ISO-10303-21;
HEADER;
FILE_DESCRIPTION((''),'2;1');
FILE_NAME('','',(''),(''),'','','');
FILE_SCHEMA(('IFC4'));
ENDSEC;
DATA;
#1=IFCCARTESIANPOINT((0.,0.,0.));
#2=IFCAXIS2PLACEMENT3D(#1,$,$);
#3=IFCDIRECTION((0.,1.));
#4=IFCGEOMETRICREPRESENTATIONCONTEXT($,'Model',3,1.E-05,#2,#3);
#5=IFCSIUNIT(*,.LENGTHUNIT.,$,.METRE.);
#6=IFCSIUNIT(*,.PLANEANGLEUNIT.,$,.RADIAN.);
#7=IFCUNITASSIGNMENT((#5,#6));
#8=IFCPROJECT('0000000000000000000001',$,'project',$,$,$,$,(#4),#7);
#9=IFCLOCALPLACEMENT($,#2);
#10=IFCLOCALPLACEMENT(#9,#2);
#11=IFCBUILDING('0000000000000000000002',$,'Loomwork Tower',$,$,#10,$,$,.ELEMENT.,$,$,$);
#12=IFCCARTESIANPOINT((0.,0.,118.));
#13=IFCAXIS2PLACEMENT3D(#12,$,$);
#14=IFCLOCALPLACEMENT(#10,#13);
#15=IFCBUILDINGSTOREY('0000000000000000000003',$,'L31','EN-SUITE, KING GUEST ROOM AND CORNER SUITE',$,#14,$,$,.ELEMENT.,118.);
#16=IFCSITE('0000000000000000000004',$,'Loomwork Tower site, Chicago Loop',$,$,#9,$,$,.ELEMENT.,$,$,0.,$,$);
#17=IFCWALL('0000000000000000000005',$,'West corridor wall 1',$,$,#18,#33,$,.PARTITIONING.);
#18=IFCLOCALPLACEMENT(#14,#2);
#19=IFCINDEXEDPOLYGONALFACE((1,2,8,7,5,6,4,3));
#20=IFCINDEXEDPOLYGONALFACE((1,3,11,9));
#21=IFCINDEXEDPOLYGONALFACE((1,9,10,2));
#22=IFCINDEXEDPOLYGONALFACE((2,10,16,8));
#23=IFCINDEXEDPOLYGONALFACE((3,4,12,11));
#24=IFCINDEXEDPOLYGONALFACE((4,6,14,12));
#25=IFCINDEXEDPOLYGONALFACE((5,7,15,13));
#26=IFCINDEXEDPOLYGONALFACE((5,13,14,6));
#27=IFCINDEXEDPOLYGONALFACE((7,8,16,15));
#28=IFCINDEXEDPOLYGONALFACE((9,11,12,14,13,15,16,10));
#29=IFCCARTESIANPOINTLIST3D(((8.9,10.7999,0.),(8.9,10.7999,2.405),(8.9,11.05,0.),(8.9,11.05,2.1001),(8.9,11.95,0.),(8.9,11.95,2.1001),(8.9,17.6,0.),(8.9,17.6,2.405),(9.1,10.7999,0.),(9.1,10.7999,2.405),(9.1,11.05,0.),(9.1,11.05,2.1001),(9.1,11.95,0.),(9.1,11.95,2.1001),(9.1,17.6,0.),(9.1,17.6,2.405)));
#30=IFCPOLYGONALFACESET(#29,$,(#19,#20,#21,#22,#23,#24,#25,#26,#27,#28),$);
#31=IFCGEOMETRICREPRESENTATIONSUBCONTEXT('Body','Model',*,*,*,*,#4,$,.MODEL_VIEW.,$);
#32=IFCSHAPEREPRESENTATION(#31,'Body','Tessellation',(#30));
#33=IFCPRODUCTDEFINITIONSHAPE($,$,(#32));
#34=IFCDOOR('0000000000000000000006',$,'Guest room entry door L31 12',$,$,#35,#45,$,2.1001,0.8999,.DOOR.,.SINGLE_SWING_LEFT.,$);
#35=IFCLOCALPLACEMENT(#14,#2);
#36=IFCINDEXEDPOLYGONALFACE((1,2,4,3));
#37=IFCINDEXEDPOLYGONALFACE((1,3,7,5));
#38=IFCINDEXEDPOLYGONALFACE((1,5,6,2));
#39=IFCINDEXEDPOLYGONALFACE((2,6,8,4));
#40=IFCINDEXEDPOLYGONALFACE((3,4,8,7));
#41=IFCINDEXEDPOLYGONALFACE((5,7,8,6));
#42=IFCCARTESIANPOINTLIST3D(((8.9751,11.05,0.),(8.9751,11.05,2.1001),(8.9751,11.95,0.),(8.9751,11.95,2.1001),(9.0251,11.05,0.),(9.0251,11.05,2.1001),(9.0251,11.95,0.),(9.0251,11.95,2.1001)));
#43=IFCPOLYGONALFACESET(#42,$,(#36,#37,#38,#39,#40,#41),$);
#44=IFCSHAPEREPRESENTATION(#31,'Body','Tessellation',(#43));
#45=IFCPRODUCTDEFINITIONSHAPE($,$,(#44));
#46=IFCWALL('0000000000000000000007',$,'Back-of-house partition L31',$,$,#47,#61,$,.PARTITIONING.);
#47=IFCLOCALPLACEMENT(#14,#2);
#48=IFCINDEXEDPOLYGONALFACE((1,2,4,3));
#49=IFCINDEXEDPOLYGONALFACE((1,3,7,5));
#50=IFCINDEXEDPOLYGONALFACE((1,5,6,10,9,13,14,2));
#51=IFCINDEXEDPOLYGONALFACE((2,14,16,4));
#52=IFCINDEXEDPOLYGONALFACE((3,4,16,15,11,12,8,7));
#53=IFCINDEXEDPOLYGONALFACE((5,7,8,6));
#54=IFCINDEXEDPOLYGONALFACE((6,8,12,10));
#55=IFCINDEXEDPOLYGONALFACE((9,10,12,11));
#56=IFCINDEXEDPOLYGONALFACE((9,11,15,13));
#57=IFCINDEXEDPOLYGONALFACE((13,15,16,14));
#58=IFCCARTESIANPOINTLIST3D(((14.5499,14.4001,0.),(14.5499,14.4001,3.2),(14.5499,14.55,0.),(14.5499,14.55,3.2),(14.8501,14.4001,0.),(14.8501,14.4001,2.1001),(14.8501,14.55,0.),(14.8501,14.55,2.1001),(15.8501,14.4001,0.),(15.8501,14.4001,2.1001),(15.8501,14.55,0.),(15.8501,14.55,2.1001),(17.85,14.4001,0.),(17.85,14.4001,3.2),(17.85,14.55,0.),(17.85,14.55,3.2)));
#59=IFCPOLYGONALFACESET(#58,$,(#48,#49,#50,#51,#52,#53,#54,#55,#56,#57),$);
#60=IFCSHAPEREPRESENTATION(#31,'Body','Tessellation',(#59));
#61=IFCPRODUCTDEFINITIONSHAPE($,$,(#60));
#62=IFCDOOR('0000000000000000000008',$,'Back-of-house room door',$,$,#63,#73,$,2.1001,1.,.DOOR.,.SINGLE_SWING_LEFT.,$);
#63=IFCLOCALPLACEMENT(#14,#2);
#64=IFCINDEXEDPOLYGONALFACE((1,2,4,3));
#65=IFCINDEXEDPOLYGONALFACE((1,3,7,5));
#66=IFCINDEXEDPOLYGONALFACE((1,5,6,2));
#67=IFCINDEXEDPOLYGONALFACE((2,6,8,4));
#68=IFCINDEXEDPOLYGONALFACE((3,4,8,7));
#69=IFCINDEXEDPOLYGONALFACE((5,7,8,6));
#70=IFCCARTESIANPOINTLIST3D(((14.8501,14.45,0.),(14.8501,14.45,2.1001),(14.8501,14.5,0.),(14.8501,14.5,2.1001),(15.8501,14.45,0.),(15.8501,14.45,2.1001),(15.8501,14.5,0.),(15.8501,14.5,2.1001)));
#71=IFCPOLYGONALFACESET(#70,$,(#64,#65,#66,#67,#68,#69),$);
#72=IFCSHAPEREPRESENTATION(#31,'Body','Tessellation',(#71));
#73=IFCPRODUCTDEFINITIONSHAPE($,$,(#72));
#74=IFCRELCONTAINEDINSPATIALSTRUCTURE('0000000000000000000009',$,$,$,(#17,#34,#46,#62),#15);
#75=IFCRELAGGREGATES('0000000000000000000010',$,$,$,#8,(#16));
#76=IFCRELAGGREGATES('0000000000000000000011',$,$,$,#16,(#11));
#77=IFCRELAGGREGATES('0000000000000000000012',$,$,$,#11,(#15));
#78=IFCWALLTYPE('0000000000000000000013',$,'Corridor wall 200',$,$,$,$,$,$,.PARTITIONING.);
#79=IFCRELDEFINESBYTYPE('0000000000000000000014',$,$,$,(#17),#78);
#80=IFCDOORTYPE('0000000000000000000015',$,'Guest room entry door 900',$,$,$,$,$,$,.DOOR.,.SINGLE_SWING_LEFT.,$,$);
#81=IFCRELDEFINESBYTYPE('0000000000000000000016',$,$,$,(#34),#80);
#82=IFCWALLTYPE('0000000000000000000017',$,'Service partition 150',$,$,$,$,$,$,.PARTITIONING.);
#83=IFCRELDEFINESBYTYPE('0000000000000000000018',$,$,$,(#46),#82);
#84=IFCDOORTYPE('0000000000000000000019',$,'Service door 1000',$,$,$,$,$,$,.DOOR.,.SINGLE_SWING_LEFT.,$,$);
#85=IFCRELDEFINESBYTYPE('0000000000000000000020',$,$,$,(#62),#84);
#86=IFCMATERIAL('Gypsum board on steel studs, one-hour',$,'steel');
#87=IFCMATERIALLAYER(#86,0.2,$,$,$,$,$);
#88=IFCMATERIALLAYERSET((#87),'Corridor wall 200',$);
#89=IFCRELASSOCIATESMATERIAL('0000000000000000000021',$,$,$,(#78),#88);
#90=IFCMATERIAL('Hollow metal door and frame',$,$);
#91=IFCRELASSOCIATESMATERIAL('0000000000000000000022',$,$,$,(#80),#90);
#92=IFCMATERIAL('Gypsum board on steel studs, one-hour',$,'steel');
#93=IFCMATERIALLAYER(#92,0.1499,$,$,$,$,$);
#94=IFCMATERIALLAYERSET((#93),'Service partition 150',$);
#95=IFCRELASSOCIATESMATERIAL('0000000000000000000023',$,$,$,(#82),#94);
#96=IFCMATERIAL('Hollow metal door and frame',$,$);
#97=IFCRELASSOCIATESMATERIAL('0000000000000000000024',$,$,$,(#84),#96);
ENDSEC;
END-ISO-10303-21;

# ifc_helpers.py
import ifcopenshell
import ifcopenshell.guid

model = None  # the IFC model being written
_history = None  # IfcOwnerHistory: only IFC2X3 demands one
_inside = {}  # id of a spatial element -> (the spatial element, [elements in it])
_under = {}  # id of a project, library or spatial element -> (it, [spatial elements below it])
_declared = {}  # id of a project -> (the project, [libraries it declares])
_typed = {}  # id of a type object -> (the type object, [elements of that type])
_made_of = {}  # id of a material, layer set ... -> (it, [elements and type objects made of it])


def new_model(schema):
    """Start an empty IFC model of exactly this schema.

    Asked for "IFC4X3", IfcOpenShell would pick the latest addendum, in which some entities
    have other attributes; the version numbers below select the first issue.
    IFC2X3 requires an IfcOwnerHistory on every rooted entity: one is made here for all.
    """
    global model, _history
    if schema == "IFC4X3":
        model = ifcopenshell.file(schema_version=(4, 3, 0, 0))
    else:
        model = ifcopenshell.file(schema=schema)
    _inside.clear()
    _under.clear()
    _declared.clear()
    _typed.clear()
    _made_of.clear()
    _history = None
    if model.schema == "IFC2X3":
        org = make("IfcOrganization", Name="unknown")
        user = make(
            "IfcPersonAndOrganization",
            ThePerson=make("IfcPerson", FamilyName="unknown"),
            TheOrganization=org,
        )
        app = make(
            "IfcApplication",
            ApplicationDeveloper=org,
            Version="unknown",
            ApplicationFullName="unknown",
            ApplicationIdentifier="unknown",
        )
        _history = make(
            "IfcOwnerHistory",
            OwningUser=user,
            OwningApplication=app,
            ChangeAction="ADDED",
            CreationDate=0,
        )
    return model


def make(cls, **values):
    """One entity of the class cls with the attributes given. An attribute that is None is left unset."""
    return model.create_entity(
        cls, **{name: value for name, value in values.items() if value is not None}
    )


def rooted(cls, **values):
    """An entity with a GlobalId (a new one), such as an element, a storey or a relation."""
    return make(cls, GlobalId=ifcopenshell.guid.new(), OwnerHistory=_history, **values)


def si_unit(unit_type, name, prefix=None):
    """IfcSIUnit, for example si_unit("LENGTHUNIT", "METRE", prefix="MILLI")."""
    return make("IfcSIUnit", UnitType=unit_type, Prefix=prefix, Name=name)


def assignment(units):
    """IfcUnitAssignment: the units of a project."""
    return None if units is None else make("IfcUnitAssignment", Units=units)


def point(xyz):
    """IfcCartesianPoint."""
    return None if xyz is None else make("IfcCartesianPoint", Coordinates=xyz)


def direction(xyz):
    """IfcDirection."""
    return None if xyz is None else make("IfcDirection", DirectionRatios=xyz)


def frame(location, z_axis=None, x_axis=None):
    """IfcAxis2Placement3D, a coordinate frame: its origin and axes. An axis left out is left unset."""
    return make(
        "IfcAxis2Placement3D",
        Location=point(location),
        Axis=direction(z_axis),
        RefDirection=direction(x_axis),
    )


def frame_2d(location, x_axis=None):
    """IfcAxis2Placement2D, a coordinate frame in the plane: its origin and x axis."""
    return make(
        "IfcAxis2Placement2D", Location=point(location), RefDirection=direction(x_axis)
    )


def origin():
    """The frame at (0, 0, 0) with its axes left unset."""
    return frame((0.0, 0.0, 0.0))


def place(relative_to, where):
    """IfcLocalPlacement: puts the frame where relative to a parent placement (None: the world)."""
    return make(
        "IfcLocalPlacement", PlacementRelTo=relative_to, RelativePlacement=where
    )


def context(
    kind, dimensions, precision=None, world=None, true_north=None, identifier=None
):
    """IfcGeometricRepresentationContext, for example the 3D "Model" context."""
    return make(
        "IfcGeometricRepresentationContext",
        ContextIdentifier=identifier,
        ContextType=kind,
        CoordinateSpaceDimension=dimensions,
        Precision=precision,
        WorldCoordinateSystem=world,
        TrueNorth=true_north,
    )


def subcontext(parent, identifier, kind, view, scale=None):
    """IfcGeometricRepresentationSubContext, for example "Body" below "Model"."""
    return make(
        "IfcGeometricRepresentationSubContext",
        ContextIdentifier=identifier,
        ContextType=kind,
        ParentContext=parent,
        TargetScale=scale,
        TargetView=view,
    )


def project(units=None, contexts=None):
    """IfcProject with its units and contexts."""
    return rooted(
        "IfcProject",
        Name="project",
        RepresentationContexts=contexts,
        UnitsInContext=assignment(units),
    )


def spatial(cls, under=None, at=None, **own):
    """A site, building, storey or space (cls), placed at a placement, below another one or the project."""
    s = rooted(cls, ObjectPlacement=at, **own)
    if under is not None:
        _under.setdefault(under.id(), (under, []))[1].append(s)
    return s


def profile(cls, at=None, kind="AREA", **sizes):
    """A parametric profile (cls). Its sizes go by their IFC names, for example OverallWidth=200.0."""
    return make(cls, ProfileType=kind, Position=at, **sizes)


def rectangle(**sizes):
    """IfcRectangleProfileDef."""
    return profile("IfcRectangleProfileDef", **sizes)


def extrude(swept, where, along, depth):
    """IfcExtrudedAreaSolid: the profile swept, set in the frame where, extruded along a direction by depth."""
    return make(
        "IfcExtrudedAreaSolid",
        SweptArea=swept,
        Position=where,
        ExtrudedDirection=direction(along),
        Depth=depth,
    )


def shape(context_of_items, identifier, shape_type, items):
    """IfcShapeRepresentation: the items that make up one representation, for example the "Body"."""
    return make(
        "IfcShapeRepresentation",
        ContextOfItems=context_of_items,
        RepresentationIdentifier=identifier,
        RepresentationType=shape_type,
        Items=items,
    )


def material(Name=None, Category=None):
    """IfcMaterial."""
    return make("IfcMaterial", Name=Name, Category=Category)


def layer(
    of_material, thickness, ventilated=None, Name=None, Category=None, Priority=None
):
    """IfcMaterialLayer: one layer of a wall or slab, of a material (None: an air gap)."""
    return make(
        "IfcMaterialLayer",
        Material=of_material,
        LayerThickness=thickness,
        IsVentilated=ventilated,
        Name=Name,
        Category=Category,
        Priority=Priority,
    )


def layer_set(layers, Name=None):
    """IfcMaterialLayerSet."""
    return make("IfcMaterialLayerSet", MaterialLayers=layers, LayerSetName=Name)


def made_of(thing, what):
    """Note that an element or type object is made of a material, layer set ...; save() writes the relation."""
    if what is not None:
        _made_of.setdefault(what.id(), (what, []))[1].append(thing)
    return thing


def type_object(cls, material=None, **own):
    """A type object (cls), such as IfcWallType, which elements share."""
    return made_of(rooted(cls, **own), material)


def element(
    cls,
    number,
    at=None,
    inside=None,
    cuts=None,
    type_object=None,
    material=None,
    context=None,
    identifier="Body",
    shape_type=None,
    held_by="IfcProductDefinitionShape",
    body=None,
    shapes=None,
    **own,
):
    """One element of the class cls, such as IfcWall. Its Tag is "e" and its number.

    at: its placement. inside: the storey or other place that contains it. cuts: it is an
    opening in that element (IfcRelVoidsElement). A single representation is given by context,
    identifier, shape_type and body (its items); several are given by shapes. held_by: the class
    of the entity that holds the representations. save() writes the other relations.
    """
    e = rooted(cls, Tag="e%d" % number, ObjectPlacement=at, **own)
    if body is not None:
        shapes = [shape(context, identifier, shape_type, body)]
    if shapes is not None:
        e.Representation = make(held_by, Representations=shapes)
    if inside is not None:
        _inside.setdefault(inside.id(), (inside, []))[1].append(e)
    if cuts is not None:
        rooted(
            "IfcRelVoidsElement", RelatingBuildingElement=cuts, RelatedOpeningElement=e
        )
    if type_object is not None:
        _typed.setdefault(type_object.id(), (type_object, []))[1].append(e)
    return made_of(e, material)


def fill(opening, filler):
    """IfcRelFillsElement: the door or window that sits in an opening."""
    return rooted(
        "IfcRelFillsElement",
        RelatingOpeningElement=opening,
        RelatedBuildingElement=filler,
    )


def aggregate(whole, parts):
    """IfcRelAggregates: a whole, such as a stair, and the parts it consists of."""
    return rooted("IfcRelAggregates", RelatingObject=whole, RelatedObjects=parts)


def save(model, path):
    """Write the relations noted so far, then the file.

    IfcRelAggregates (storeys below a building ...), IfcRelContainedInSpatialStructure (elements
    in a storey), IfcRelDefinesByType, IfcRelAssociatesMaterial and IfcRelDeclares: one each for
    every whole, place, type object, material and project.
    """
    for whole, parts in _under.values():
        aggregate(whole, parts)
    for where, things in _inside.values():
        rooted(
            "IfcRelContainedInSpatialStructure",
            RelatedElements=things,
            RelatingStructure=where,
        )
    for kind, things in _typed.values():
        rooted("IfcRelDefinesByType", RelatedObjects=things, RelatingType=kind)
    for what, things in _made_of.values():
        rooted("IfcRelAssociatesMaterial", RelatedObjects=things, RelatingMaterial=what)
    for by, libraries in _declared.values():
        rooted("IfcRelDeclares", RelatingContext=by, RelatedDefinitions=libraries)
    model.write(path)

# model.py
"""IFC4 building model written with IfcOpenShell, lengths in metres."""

from ifc_helpers import new_model, si_unit, direction, frame, frame_2d, origin, place, context, subcontext, project, spatial, rectangle, extrude, material, layer, layer_set, type_object, element, fill, save


model = new_model("IFC4")

# Units and contexts
model_context = context("Model", 3, precision=1e-05, world=origin(), true_north=direction((0.0, 1.0)))
body_context = subcontext(model_context, "Body", "Model", "MODEL_VIEW")
ifc_project = project(units=[si_unit("LENGTHUNIT", "METRE"), si_unit("PLANEANGLEUNIT", "RADIAN")], contexts=[model_context])

# Site, building, storey
site_placement = place(None, origin())
site = spatial("IfcSite", under=ifc_project, at=site_placement, Name="Loomwork Tower site, Chicago Loop", CompositionType="ELEMENT", RefElevation=0.0)
building_placement = place(site_placement, origin())
building = spatial("IfcBuilding", under=site, at=building_placement, Name="Loomwork Tower", CompositionType="ELEMENT")
storey_placement = place(building_placement, frame((0.0, 0.0, 118.0)))
storey = spatial("IfcBuildingStorey", under=building, at=storey_placement, Name="L31", Description="EN-SUITE, KING GUEST ROOM AND CORNER SUITE", CompositionType="ELEMENT", Elevation=118.0)

# Shared definitions
ifc_material_1 = material(Name="Gypsum board on steel studs, one-hour", Category="steel")
ifc_layer_1 = layer(ifc_material_1, 0.2)
ifc_layer_set_1 = layer_set([ifc_layer_1], Name="Corridor wall 200")
wall_type_1 = type_object("IfcWallType", Name="Corridor wall 200", PredefinedType="PARTITIONING", material=ifc_layer_set_1)
ifc_material_2 = material(Name="Hollow metal door and frame")
door_type_1 = type_object("IfcDoorType", Name="Guest room entry door 900", OperationType="SINGLE_SWING_LEFT", PredefinedType="DOOR", material=ifc_material_2)

# Walls, openings, doors
wall_1_placement = place(storey_placement, frame((9.0, 10.8, 0.0), z_axis=(0.0, 0.0, 1.0), x_axis=(0.0, 1.0, 0.0)))
wall_1 = element("IfcWall", 1, at=wall_1_placement, inside=storey, type_object=wall_type_1, Name="West corridor wall 1", PredefinedType="PARTITIONING", context=body_context, shape_type="SweptSolid", body=[
    extrude(rectangle(XDim=6.8, YDim=0.2, at=frame_2d((3.3999, 0.0))), origin(), (0.0, 0.0, 1.0), 2.405),
])
opening_1_placement = place(wall_1_placement, frame((0.25, 0.0, 0.0)))
opening_1 = element("IfcOpeningElement", 2, at=opening_1_placement, cuts=wall_1, PredefinedType="OPENING", context=body_context, shape_type="SweptSolid", body=[
    extrude(rectangle(XDim=0.8999, YDim=2.1001, at=frame_2d((0.45, 1.05))), frame((0.0, 0.1099, 0.0), z_axis=(0.0, -1.0, 0.0), x_axis=(1.0, 0.0, 0.0)), (0.0, 0.0, 1.0), 0.22),
])
door_1_placement = place(opening_1_placement, origin())
door_1 = element("IfcDoor", 3, at=door_1_placement, inside=storey, type_object=door_type_1, Name="Guest room entry door L31 12", OperationType="SINGLE_SWING_LEFT", OverallHeight=2.1001, OverallWidth=0.8999, PredefinedType="DOOR", context=body_context, shape_type="SweptSolid", body=[
    extrude(rectangle(XDim=0.8999, YDim=2.1001, at=frame_2d((0.45, 1.05))), frame((0.0, 0.0249, 0.0), z_axis=(0.0, -1.0, 0.0), x_axis=(1.0, 0.0, 0.0)), (0.0, 0.0, 1.0), 0.05),
])
fill(opening_1, door_1)
ifc_material_3 = material(Name="Gypsum board on steel studs, one-hour", Category="steel")
ifc_layer_2 = layer(ifc_material_3, 0.1499)
ifc_layer_set_2 = layer_set([ifc_layer_2], Name="Service partition 150")
wall_type_2 = type_object("IfcWallType", Name="Service partition 150", PredefinedType="PARTITIONING", material=ifc_layer_set_2)
wall_2_placement = place(storey_placement, frame((14.55, 14.4751, 0.0), z_axis=(0.0, 0.0, 1.0), x_axis=(1.0, 0.0, 0.0)))
wall_2 = element("IfcWall", 4, at=wall_2_placement, inside=storey, type_object=wall_type_2, Name="Back-of-house partition L31", PredefinedType="PARTITIONING", context=body_context, shape_type="SweptSolid", body=[
    extrude(rectangle(XDim=3.3, YDim=0.1499, at=frame_2d((1.6499, 0.0))), origin(), (0.0, 0.0, 1.0), 3.2),
])
opening_2_placement = place(wall_2_placement, frame((0.3, 0.0, 0.0)))
opening_2 = element("IfcOpeningElement", 5, at=opening_2_placement, cuts=wall_2, PredefinedType="OPENING", context=body_context, shape_type="SweptSolid", body=[
    extrude(rectangle(XDim=1.0, YDim=2.1001, at=frame_2d((0.5, 1.05))), frame((0.0, 0.085, 0.0), z_axis=(0.0, -1.0, 0.0), x_axis=(1.0, 0.0, 0.0)), (0.0, 0.0, 1.0), 0.1699),
])
ifc_material_4 = material(Name="Hollow metal door and frame")
door_type_2 = type_object("IfcDoorType", Name="Service door 1000", OperationType="SINGLE_SWING_LEFT", PredefinedType="DOOR", material=ifc_material_4)
door_2_placement = place(opening_2_placement, origin())
door_2 = element("IfcDoor", 6, at=door_2_placement, inside=storey, type_object=door_type_2, Name="Back-of-house room door", OperationType="SINGLE_SWING_LEFT", OverallHeight=2.1001, OverallWidth=1.0, PredefinedType="DOOR", context=body_context, shape_type="SweptSolid", body=[
    extrude(rectangle(XDim=1.0, YDim=2.1001, at=frame_2d((0.5, 1.05))), frame((0.0, 0.0249, 0.0), z_axis=(0.0, -1.0, 0.0), x_axis=(1.0, 0.0, 0.0)), (0.0, 0.0, 1.0), 0.05),
])
fill(opening_2, door_2)

save(model, "model.ifc")
